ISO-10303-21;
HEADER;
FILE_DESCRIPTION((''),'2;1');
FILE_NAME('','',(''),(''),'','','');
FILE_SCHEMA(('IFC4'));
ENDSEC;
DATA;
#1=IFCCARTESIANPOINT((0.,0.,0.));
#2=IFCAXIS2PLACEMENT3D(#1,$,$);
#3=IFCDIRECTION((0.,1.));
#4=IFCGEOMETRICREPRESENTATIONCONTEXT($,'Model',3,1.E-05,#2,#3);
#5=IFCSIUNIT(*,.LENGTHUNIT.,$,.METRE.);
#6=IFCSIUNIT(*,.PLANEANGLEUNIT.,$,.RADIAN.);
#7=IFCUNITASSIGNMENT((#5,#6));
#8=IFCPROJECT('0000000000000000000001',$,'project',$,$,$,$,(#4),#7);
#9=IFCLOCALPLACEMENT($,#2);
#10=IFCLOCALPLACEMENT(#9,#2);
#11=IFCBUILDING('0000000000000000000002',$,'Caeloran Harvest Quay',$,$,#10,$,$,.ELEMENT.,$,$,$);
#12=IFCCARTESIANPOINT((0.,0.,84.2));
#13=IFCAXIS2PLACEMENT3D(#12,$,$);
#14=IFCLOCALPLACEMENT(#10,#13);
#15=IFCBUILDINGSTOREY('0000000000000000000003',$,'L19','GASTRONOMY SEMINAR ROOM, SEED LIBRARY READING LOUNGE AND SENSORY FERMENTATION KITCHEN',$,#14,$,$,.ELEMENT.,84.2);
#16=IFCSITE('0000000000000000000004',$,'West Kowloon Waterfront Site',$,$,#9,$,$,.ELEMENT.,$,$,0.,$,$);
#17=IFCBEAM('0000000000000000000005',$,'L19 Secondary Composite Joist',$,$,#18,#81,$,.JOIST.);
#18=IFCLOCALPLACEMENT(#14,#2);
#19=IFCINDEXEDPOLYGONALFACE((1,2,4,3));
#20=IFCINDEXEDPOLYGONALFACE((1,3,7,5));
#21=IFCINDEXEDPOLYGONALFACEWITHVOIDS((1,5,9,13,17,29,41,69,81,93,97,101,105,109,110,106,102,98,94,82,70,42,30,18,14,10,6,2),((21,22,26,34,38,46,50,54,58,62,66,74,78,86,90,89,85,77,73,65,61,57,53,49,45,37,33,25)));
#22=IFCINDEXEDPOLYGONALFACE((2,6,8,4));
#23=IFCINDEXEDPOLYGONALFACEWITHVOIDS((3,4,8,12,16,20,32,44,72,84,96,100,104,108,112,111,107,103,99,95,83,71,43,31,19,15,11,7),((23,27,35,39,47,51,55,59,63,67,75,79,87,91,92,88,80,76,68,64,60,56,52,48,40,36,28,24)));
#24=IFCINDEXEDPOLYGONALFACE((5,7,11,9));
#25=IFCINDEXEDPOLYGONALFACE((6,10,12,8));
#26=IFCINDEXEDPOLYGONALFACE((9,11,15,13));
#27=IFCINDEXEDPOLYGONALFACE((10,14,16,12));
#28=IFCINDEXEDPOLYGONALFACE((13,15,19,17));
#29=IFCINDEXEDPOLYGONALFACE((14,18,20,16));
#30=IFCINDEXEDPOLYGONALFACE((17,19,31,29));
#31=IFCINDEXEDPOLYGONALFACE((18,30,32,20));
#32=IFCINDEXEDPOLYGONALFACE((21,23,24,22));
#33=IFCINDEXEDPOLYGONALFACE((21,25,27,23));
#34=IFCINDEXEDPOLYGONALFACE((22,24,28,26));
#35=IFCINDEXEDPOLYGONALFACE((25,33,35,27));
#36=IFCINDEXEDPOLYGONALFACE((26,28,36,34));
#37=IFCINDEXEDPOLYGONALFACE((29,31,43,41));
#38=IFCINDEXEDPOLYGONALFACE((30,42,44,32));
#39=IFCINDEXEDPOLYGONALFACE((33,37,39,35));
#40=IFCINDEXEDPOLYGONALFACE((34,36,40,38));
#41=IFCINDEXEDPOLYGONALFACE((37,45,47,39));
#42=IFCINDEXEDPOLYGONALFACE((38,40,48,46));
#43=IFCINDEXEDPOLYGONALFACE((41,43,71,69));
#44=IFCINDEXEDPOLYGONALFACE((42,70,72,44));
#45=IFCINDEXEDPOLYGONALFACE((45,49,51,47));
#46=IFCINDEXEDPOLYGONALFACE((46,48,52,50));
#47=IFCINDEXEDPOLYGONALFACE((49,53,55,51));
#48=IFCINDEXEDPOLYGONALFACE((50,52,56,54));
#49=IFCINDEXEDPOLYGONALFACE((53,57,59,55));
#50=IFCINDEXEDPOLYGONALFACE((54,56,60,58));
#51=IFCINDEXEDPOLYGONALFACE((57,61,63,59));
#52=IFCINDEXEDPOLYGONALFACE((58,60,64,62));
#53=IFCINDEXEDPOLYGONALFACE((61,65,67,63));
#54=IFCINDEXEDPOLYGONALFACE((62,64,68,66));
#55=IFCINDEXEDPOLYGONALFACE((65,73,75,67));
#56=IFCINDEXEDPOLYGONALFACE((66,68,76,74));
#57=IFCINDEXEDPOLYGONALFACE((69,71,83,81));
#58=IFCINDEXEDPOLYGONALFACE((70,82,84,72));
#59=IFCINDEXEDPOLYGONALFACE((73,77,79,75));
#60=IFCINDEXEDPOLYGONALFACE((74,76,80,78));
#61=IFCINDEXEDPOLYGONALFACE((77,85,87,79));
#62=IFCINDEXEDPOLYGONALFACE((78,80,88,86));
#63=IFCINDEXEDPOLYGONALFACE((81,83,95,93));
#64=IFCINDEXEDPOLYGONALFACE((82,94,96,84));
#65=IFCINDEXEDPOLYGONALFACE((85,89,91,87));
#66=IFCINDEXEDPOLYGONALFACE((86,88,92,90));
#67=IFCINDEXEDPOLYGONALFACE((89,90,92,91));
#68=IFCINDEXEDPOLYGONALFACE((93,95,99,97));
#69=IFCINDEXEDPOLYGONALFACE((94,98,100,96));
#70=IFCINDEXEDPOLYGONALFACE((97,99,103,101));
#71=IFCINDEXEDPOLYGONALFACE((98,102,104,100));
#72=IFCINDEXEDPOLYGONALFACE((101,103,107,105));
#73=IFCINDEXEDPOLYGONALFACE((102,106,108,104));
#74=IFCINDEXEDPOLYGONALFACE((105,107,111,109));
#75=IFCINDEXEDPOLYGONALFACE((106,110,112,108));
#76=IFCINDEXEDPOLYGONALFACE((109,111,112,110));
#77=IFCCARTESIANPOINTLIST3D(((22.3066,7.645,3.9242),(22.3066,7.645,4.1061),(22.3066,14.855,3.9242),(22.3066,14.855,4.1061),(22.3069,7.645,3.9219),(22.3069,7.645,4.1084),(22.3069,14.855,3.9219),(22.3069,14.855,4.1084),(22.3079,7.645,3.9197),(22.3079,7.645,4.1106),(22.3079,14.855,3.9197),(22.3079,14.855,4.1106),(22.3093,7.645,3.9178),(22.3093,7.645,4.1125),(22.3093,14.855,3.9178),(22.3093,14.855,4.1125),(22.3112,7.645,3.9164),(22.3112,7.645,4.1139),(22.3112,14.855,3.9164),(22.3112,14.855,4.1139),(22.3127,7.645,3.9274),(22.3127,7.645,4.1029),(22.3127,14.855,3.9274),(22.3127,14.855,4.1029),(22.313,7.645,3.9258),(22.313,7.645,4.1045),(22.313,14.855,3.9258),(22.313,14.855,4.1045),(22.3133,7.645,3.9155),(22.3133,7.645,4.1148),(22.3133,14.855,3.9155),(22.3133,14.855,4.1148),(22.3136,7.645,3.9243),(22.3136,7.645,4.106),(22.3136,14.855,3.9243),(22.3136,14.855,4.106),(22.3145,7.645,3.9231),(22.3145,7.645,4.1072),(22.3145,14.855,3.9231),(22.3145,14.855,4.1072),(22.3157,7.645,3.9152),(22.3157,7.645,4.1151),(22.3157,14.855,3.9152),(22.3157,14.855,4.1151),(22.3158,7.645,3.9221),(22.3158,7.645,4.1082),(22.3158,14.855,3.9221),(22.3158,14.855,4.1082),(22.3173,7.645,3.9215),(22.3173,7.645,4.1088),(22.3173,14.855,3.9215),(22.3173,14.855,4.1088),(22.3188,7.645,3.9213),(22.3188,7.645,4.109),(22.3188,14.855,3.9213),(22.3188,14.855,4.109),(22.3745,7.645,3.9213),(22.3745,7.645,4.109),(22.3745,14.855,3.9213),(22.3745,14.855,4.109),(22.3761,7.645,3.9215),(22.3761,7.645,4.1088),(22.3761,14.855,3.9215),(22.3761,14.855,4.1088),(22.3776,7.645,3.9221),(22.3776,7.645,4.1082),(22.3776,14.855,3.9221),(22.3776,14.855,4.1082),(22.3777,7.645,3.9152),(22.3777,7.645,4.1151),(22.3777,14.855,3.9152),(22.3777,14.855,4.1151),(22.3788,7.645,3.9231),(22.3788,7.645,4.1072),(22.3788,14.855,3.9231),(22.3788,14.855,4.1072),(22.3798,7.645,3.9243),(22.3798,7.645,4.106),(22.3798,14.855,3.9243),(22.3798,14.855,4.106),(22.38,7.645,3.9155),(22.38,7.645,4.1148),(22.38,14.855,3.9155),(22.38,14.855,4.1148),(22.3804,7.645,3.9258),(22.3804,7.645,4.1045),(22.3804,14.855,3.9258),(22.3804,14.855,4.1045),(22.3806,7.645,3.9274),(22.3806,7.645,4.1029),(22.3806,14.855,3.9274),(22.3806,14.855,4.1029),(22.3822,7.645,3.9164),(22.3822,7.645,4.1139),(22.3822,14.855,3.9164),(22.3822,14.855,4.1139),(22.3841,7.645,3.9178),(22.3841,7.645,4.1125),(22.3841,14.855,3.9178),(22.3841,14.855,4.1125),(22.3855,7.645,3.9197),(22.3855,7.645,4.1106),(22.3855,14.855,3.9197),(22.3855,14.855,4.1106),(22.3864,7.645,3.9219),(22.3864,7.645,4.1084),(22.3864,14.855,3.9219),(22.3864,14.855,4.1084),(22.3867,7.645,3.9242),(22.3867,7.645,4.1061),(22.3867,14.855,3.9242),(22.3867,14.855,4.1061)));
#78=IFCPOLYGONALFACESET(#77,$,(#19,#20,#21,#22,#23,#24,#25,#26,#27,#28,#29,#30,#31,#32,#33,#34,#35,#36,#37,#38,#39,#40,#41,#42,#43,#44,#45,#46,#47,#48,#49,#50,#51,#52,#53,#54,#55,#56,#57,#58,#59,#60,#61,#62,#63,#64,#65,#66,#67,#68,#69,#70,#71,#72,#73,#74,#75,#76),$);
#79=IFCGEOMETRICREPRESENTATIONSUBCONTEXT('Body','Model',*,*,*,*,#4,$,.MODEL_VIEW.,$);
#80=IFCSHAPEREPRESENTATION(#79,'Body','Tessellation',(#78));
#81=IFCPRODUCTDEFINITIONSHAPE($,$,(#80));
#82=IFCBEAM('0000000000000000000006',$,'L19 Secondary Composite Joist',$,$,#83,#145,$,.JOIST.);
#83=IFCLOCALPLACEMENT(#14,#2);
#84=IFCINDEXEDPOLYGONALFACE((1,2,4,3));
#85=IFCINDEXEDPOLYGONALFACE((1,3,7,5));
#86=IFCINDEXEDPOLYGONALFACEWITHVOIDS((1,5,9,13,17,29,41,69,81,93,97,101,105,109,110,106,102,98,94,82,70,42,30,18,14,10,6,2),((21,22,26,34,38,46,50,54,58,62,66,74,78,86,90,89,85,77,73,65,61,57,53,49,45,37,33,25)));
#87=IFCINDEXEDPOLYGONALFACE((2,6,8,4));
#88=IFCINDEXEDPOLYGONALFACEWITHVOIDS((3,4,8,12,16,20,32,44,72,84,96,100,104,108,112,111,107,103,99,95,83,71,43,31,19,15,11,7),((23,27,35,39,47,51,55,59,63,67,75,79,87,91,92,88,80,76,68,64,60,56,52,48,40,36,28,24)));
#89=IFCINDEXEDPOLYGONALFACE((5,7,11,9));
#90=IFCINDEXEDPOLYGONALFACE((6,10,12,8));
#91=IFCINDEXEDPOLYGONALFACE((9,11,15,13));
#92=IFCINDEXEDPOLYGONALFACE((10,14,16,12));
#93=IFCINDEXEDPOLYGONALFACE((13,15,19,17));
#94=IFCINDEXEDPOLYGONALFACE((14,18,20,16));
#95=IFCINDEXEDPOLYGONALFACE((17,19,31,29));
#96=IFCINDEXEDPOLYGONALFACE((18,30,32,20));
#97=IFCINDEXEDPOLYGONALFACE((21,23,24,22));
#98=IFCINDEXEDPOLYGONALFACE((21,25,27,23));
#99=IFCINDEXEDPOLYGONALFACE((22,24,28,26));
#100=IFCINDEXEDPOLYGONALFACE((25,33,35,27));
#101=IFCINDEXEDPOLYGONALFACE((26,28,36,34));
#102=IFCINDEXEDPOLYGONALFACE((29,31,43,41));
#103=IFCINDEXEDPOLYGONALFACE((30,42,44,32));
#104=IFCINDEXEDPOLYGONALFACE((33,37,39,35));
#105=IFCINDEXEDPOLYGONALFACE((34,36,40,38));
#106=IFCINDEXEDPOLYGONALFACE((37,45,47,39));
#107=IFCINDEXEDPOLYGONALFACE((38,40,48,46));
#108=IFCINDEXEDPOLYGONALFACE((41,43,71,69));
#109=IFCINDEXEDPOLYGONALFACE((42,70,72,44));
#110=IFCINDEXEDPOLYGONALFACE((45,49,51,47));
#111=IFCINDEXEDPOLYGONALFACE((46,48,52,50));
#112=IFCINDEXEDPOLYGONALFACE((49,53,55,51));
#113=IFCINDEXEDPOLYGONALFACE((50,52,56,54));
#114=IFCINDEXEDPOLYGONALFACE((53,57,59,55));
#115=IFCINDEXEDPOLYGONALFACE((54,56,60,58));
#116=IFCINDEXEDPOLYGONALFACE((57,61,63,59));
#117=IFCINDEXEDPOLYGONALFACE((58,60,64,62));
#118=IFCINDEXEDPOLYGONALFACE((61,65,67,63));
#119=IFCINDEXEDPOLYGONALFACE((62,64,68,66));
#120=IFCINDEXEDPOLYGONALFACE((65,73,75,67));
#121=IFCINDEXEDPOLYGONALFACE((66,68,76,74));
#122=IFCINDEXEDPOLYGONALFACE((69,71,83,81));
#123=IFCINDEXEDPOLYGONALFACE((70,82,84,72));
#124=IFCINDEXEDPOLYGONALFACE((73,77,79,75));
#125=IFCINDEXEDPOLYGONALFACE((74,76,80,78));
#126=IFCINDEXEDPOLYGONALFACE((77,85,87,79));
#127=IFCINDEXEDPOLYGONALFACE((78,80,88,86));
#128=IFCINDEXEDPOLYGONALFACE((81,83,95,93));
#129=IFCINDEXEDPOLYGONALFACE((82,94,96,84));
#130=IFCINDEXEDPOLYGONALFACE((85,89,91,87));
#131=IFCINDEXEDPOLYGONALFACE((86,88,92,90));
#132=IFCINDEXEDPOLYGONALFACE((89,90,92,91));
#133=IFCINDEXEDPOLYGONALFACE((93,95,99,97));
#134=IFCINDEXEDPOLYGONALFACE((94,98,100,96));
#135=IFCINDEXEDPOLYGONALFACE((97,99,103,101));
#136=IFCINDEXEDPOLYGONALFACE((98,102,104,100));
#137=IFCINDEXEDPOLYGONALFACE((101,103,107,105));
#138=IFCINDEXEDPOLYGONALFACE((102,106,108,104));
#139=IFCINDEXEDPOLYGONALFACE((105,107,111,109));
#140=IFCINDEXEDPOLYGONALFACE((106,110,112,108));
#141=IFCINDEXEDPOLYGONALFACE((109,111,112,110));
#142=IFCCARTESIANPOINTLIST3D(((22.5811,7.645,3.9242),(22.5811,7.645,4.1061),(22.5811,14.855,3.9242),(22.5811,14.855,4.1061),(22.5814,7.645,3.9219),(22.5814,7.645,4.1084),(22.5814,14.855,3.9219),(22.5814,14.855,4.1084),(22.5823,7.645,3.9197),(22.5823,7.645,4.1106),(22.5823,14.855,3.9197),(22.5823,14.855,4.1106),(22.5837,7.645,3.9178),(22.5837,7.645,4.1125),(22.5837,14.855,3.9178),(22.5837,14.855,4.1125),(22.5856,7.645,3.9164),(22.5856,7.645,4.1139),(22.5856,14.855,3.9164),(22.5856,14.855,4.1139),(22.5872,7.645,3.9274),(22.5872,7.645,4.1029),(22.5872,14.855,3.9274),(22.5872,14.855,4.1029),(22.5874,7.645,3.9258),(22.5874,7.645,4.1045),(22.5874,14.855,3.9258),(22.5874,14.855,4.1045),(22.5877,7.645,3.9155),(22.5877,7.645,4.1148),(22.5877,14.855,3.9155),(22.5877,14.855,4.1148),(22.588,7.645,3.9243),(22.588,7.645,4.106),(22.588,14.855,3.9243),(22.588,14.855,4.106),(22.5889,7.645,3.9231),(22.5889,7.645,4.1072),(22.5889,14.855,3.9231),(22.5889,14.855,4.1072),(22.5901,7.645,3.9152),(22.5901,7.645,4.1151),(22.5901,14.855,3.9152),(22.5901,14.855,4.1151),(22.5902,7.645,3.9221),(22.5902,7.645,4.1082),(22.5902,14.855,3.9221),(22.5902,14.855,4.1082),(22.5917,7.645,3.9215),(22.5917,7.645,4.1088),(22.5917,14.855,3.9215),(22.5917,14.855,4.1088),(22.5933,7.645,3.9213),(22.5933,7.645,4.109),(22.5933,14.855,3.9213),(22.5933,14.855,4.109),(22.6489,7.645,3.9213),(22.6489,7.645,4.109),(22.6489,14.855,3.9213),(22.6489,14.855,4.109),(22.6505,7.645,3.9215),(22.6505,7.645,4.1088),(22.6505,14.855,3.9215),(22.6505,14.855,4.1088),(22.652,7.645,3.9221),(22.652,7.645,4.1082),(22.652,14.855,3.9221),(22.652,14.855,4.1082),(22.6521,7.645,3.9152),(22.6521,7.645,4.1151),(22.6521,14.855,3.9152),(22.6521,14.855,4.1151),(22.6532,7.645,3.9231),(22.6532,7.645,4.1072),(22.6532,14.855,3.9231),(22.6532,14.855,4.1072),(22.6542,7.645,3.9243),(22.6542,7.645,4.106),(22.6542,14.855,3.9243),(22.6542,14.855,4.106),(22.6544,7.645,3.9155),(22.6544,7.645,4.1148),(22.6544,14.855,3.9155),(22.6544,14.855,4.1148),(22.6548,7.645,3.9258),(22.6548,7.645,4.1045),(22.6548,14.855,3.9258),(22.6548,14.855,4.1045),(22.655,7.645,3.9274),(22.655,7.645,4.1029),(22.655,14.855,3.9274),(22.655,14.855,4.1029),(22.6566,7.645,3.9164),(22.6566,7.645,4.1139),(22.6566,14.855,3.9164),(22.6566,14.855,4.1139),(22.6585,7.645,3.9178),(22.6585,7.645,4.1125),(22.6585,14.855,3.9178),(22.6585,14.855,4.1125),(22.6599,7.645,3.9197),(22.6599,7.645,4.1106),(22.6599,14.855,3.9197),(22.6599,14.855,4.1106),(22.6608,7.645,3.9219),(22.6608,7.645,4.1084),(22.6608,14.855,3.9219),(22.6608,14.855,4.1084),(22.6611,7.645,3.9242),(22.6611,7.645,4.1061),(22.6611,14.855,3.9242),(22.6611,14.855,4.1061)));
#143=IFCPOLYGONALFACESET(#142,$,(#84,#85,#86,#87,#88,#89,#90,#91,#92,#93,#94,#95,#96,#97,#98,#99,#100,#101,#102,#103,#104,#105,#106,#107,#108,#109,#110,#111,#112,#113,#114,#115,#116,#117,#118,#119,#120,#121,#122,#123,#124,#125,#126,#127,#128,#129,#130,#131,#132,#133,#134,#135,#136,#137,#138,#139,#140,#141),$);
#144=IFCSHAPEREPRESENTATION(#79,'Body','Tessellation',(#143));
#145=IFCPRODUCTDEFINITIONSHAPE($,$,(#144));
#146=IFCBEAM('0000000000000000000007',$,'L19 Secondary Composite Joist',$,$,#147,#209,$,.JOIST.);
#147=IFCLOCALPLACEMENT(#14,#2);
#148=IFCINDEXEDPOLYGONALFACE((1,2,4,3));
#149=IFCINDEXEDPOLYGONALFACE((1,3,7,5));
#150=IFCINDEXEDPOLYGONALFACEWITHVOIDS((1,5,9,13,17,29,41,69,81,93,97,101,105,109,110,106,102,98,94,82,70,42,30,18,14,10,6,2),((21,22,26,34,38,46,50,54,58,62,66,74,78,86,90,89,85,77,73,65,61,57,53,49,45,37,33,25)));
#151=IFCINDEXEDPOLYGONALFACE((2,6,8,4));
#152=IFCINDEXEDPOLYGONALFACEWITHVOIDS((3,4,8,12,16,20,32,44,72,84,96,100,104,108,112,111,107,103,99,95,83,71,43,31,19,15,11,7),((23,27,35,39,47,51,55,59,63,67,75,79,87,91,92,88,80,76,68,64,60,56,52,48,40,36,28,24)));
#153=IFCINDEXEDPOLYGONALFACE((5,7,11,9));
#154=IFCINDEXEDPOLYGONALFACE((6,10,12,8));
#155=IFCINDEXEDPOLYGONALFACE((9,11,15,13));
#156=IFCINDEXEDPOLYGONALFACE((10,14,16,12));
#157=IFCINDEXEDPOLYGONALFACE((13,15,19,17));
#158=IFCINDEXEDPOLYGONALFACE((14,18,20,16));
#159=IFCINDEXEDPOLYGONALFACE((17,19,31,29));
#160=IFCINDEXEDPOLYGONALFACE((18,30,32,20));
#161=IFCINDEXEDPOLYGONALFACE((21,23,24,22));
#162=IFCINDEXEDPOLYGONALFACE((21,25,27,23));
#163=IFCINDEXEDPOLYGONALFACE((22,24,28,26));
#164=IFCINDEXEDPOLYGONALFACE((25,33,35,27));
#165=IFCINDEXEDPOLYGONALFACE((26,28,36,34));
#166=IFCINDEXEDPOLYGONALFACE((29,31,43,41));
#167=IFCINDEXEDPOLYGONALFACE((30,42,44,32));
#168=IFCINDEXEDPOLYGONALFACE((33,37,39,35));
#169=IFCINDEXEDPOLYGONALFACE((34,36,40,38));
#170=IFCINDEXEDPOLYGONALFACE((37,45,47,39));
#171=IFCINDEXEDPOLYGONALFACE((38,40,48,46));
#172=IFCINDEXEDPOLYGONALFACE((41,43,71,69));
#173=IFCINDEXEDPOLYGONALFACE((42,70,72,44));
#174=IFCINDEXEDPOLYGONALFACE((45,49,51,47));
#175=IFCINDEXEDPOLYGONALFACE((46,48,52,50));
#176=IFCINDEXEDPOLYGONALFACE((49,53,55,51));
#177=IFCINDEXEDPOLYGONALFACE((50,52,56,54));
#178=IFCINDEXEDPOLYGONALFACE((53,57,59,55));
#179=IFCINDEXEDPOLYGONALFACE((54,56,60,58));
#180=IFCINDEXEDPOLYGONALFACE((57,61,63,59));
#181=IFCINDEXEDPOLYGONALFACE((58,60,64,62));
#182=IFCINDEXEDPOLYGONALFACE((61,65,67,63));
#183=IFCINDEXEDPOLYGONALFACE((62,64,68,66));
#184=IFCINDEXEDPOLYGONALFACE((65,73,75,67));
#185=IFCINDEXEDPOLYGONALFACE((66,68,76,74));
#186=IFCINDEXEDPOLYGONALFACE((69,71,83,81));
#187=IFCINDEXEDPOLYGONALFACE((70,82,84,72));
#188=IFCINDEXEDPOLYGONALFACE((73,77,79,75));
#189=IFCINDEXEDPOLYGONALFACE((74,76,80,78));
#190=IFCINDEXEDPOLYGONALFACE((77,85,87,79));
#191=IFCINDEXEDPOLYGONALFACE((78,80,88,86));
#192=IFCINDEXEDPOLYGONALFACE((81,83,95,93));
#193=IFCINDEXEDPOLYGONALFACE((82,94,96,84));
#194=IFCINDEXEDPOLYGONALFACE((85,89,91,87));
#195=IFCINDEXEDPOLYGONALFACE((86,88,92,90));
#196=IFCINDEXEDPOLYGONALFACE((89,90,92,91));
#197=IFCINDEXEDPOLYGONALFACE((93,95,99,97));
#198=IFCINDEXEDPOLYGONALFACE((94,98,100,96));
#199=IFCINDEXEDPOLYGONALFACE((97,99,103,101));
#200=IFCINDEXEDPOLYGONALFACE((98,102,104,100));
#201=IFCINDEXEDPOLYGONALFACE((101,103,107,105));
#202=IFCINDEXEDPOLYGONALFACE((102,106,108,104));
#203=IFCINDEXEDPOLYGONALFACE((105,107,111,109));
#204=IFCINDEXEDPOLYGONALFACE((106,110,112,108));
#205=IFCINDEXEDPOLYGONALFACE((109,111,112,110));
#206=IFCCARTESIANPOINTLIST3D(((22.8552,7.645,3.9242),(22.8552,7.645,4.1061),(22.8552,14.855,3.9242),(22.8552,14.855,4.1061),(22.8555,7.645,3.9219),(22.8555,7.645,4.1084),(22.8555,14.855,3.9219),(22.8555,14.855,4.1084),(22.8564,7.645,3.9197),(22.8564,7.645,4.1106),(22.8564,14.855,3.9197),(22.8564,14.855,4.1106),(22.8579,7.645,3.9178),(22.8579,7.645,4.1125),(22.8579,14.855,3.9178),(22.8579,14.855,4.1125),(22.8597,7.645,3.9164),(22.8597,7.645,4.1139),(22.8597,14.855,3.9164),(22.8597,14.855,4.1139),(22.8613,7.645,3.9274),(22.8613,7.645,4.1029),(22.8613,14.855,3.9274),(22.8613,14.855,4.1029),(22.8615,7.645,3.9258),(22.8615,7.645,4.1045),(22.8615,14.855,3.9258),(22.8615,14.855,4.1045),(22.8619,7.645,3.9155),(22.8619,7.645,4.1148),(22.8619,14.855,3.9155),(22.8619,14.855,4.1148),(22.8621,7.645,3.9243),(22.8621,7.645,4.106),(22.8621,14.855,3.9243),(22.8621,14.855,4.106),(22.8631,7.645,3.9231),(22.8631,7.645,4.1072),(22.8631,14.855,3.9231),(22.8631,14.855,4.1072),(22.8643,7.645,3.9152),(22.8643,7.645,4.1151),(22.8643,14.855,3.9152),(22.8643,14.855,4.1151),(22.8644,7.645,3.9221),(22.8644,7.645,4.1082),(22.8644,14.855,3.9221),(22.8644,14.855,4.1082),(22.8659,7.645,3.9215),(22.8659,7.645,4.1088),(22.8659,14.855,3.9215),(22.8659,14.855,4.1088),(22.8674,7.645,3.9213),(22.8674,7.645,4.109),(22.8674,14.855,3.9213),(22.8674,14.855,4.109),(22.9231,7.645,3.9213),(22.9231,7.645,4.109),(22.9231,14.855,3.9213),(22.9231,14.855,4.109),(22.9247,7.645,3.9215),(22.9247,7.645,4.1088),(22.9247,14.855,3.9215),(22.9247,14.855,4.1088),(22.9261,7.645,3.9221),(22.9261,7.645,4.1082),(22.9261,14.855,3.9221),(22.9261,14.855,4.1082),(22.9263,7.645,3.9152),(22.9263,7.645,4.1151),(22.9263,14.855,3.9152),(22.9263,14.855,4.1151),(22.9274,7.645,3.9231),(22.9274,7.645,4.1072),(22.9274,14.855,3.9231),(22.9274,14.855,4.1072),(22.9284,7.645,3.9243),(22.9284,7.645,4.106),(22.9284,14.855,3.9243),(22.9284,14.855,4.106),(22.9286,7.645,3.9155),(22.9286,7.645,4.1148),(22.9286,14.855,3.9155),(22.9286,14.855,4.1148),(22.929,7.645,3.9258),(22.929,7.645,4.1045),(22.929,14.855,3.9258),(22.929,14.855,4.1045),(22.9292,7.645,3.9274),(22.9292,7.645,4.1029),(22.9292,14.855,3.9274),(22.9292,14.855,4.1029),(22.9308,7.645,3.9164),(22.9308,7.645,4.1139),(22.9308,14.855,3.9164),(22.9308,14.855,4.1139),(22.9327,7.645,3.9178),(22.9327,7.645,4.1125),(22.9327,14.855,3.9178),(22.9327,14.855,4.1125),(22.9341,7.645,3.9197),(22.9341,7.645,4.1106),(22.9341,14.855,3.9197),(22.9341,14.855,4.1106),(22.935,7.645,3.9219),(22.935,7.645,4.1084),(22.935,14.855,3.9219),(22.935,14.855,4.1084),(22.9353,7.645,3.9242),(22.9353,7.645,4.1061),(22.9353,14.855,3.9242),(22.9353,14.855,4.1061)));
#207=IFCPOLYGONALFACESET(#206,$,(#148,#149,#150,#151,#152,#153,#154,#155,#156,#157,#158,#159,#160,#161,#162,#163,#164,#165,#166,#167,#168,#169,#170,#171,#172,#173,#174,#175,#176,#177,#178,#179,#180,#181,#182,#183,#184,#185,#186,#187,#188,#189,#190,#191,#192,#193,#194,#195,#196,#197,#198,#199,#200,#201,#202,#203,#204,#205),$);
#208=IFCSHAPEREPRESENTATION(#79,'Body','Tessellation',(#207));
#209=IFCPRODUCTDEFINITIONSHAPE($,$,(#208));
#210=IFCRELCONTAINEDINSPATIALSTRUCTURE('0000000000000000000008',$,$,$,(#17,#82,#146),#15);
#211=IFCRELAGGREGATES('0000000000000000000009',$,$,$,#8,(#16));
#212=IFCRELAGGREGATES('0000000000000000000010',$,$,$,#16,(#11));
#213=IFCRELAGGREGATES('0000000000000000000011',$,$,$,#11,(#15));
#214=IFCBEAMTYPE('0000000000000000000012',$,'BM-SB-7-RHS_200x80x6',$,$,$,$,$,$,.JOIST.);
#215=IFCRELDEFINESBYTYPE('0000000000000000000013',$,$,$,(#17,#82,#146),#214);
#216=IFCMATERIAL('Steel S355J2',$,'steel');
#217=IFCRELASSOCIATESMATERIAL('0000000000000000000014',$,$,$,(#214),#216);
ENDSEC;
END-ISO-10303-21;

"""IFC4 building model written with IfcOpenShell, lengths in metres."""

from ifc_helpers import new_model, si_unit, direction, frame, origin, origin_2d, place, context, subcontext, project, spatial, hollow_rectangle, extrude, material, material_profile, profile_set, type_object, element, save


model = new_model("IFC4")

# Units and contexts
model_context = context("Model", 3, precision=1e-05, world=origin(), true_north=direction((0.0, 1.0)))
body_context = subcontext(model_context, "Body", "Model", "MODEL_VIEW")
ifc_project = project(units=[si_unit("LENGTHUNIT", "METRE"), si_unit("PLANEANGLEUNIT", "RADIAN")], contexts=[model_context])

# Site, building, storey
site_placement = place(None, origin())
site = spatial("IfcSite", under=ifc_project, at=site_placement, Name="West Kowloon Waterfront Site", CompositionType="ELEMENT", RefElevation=0.0)
building_placement = place(site_placement, origin())
building = spatial("IfcBuilding", under=site, at=building_placement, Name="Caeloran Harvest Quay", CompositionType="ELEMENT")
storey_placement = place(building_placement, frame((0.0, 0.0, 84.2)))
storey = spatial("IfcBuildingStorey", under=building, at=storey_placement, Name="L19", Description="GASTRONOMY SEMINAR ROOM, SEED LIBRARY READING LOUNGE AND SENSORY FERMENTATION KITCHEN", CompositionType="ELEMENT", Elevation=84.2)

# Beams
ifc_material_1 = material(Name="Steel S355J2", Category="steel")
ifc_material_profile_1 = material_profile(ifc_material_1, hollow_rectangle(XDim=0.0801, YDim=0.2, WallThickness=0.0061, InnerFilletRadius=0.0061, OuterFilletRadius=0.009, at=origin_2d()), Name="RHS 200x80x6")
ifc_profile_set_1 = profile_set([ifc_material_profile_1], Name="Steel S355J2")
beam_type_1 = type_object("IfcBeamType", Name="BM-SB-7-RHS_200x80x6", PredefinedType="JOIST", material=ifc_profile_set_1)
for number, where, z_axis, x_axis, name in (
    (1, (22.3467, 7.645, 4.0151), (0.0, 1.0, 0.0), (-1.0, 0.0, 0.0), "L19 Secondary Composite Joist"),
    (2, (22.6211, 7.645, 4.0151), (0.0, 1.0, 0.0), (-1.0, 0.0, 0.0), "L19 Secondary Composite Joist"),
    (3, (22.8953, 7.645, 4.0151), (0.0, 1.0, 0.0), (-1.0, 0.0, 0.0), "L19 Secondary Composite Joist"),
):
    element("IfcBeam", number, at=place(storey_placement, frame(where, z_axis=z_axis, x_axis=x_axis)), inside=storey, type_object=beam_type_1, Name=name, PredefinedType="JOIST", context=body_context, shape_type="SweptSolid", body=[
        extrude(hollow_rectangle(XDim=0.0801, YDim=0.2, WallThickness=0.0061, InnerFilletRadius=0.0061, OuterFilletRadius=0.009, at=origin_2d()), origin(), (0.0, 0.0, 1.0), 7.21),
    ])

save(model, "model.ifc")
